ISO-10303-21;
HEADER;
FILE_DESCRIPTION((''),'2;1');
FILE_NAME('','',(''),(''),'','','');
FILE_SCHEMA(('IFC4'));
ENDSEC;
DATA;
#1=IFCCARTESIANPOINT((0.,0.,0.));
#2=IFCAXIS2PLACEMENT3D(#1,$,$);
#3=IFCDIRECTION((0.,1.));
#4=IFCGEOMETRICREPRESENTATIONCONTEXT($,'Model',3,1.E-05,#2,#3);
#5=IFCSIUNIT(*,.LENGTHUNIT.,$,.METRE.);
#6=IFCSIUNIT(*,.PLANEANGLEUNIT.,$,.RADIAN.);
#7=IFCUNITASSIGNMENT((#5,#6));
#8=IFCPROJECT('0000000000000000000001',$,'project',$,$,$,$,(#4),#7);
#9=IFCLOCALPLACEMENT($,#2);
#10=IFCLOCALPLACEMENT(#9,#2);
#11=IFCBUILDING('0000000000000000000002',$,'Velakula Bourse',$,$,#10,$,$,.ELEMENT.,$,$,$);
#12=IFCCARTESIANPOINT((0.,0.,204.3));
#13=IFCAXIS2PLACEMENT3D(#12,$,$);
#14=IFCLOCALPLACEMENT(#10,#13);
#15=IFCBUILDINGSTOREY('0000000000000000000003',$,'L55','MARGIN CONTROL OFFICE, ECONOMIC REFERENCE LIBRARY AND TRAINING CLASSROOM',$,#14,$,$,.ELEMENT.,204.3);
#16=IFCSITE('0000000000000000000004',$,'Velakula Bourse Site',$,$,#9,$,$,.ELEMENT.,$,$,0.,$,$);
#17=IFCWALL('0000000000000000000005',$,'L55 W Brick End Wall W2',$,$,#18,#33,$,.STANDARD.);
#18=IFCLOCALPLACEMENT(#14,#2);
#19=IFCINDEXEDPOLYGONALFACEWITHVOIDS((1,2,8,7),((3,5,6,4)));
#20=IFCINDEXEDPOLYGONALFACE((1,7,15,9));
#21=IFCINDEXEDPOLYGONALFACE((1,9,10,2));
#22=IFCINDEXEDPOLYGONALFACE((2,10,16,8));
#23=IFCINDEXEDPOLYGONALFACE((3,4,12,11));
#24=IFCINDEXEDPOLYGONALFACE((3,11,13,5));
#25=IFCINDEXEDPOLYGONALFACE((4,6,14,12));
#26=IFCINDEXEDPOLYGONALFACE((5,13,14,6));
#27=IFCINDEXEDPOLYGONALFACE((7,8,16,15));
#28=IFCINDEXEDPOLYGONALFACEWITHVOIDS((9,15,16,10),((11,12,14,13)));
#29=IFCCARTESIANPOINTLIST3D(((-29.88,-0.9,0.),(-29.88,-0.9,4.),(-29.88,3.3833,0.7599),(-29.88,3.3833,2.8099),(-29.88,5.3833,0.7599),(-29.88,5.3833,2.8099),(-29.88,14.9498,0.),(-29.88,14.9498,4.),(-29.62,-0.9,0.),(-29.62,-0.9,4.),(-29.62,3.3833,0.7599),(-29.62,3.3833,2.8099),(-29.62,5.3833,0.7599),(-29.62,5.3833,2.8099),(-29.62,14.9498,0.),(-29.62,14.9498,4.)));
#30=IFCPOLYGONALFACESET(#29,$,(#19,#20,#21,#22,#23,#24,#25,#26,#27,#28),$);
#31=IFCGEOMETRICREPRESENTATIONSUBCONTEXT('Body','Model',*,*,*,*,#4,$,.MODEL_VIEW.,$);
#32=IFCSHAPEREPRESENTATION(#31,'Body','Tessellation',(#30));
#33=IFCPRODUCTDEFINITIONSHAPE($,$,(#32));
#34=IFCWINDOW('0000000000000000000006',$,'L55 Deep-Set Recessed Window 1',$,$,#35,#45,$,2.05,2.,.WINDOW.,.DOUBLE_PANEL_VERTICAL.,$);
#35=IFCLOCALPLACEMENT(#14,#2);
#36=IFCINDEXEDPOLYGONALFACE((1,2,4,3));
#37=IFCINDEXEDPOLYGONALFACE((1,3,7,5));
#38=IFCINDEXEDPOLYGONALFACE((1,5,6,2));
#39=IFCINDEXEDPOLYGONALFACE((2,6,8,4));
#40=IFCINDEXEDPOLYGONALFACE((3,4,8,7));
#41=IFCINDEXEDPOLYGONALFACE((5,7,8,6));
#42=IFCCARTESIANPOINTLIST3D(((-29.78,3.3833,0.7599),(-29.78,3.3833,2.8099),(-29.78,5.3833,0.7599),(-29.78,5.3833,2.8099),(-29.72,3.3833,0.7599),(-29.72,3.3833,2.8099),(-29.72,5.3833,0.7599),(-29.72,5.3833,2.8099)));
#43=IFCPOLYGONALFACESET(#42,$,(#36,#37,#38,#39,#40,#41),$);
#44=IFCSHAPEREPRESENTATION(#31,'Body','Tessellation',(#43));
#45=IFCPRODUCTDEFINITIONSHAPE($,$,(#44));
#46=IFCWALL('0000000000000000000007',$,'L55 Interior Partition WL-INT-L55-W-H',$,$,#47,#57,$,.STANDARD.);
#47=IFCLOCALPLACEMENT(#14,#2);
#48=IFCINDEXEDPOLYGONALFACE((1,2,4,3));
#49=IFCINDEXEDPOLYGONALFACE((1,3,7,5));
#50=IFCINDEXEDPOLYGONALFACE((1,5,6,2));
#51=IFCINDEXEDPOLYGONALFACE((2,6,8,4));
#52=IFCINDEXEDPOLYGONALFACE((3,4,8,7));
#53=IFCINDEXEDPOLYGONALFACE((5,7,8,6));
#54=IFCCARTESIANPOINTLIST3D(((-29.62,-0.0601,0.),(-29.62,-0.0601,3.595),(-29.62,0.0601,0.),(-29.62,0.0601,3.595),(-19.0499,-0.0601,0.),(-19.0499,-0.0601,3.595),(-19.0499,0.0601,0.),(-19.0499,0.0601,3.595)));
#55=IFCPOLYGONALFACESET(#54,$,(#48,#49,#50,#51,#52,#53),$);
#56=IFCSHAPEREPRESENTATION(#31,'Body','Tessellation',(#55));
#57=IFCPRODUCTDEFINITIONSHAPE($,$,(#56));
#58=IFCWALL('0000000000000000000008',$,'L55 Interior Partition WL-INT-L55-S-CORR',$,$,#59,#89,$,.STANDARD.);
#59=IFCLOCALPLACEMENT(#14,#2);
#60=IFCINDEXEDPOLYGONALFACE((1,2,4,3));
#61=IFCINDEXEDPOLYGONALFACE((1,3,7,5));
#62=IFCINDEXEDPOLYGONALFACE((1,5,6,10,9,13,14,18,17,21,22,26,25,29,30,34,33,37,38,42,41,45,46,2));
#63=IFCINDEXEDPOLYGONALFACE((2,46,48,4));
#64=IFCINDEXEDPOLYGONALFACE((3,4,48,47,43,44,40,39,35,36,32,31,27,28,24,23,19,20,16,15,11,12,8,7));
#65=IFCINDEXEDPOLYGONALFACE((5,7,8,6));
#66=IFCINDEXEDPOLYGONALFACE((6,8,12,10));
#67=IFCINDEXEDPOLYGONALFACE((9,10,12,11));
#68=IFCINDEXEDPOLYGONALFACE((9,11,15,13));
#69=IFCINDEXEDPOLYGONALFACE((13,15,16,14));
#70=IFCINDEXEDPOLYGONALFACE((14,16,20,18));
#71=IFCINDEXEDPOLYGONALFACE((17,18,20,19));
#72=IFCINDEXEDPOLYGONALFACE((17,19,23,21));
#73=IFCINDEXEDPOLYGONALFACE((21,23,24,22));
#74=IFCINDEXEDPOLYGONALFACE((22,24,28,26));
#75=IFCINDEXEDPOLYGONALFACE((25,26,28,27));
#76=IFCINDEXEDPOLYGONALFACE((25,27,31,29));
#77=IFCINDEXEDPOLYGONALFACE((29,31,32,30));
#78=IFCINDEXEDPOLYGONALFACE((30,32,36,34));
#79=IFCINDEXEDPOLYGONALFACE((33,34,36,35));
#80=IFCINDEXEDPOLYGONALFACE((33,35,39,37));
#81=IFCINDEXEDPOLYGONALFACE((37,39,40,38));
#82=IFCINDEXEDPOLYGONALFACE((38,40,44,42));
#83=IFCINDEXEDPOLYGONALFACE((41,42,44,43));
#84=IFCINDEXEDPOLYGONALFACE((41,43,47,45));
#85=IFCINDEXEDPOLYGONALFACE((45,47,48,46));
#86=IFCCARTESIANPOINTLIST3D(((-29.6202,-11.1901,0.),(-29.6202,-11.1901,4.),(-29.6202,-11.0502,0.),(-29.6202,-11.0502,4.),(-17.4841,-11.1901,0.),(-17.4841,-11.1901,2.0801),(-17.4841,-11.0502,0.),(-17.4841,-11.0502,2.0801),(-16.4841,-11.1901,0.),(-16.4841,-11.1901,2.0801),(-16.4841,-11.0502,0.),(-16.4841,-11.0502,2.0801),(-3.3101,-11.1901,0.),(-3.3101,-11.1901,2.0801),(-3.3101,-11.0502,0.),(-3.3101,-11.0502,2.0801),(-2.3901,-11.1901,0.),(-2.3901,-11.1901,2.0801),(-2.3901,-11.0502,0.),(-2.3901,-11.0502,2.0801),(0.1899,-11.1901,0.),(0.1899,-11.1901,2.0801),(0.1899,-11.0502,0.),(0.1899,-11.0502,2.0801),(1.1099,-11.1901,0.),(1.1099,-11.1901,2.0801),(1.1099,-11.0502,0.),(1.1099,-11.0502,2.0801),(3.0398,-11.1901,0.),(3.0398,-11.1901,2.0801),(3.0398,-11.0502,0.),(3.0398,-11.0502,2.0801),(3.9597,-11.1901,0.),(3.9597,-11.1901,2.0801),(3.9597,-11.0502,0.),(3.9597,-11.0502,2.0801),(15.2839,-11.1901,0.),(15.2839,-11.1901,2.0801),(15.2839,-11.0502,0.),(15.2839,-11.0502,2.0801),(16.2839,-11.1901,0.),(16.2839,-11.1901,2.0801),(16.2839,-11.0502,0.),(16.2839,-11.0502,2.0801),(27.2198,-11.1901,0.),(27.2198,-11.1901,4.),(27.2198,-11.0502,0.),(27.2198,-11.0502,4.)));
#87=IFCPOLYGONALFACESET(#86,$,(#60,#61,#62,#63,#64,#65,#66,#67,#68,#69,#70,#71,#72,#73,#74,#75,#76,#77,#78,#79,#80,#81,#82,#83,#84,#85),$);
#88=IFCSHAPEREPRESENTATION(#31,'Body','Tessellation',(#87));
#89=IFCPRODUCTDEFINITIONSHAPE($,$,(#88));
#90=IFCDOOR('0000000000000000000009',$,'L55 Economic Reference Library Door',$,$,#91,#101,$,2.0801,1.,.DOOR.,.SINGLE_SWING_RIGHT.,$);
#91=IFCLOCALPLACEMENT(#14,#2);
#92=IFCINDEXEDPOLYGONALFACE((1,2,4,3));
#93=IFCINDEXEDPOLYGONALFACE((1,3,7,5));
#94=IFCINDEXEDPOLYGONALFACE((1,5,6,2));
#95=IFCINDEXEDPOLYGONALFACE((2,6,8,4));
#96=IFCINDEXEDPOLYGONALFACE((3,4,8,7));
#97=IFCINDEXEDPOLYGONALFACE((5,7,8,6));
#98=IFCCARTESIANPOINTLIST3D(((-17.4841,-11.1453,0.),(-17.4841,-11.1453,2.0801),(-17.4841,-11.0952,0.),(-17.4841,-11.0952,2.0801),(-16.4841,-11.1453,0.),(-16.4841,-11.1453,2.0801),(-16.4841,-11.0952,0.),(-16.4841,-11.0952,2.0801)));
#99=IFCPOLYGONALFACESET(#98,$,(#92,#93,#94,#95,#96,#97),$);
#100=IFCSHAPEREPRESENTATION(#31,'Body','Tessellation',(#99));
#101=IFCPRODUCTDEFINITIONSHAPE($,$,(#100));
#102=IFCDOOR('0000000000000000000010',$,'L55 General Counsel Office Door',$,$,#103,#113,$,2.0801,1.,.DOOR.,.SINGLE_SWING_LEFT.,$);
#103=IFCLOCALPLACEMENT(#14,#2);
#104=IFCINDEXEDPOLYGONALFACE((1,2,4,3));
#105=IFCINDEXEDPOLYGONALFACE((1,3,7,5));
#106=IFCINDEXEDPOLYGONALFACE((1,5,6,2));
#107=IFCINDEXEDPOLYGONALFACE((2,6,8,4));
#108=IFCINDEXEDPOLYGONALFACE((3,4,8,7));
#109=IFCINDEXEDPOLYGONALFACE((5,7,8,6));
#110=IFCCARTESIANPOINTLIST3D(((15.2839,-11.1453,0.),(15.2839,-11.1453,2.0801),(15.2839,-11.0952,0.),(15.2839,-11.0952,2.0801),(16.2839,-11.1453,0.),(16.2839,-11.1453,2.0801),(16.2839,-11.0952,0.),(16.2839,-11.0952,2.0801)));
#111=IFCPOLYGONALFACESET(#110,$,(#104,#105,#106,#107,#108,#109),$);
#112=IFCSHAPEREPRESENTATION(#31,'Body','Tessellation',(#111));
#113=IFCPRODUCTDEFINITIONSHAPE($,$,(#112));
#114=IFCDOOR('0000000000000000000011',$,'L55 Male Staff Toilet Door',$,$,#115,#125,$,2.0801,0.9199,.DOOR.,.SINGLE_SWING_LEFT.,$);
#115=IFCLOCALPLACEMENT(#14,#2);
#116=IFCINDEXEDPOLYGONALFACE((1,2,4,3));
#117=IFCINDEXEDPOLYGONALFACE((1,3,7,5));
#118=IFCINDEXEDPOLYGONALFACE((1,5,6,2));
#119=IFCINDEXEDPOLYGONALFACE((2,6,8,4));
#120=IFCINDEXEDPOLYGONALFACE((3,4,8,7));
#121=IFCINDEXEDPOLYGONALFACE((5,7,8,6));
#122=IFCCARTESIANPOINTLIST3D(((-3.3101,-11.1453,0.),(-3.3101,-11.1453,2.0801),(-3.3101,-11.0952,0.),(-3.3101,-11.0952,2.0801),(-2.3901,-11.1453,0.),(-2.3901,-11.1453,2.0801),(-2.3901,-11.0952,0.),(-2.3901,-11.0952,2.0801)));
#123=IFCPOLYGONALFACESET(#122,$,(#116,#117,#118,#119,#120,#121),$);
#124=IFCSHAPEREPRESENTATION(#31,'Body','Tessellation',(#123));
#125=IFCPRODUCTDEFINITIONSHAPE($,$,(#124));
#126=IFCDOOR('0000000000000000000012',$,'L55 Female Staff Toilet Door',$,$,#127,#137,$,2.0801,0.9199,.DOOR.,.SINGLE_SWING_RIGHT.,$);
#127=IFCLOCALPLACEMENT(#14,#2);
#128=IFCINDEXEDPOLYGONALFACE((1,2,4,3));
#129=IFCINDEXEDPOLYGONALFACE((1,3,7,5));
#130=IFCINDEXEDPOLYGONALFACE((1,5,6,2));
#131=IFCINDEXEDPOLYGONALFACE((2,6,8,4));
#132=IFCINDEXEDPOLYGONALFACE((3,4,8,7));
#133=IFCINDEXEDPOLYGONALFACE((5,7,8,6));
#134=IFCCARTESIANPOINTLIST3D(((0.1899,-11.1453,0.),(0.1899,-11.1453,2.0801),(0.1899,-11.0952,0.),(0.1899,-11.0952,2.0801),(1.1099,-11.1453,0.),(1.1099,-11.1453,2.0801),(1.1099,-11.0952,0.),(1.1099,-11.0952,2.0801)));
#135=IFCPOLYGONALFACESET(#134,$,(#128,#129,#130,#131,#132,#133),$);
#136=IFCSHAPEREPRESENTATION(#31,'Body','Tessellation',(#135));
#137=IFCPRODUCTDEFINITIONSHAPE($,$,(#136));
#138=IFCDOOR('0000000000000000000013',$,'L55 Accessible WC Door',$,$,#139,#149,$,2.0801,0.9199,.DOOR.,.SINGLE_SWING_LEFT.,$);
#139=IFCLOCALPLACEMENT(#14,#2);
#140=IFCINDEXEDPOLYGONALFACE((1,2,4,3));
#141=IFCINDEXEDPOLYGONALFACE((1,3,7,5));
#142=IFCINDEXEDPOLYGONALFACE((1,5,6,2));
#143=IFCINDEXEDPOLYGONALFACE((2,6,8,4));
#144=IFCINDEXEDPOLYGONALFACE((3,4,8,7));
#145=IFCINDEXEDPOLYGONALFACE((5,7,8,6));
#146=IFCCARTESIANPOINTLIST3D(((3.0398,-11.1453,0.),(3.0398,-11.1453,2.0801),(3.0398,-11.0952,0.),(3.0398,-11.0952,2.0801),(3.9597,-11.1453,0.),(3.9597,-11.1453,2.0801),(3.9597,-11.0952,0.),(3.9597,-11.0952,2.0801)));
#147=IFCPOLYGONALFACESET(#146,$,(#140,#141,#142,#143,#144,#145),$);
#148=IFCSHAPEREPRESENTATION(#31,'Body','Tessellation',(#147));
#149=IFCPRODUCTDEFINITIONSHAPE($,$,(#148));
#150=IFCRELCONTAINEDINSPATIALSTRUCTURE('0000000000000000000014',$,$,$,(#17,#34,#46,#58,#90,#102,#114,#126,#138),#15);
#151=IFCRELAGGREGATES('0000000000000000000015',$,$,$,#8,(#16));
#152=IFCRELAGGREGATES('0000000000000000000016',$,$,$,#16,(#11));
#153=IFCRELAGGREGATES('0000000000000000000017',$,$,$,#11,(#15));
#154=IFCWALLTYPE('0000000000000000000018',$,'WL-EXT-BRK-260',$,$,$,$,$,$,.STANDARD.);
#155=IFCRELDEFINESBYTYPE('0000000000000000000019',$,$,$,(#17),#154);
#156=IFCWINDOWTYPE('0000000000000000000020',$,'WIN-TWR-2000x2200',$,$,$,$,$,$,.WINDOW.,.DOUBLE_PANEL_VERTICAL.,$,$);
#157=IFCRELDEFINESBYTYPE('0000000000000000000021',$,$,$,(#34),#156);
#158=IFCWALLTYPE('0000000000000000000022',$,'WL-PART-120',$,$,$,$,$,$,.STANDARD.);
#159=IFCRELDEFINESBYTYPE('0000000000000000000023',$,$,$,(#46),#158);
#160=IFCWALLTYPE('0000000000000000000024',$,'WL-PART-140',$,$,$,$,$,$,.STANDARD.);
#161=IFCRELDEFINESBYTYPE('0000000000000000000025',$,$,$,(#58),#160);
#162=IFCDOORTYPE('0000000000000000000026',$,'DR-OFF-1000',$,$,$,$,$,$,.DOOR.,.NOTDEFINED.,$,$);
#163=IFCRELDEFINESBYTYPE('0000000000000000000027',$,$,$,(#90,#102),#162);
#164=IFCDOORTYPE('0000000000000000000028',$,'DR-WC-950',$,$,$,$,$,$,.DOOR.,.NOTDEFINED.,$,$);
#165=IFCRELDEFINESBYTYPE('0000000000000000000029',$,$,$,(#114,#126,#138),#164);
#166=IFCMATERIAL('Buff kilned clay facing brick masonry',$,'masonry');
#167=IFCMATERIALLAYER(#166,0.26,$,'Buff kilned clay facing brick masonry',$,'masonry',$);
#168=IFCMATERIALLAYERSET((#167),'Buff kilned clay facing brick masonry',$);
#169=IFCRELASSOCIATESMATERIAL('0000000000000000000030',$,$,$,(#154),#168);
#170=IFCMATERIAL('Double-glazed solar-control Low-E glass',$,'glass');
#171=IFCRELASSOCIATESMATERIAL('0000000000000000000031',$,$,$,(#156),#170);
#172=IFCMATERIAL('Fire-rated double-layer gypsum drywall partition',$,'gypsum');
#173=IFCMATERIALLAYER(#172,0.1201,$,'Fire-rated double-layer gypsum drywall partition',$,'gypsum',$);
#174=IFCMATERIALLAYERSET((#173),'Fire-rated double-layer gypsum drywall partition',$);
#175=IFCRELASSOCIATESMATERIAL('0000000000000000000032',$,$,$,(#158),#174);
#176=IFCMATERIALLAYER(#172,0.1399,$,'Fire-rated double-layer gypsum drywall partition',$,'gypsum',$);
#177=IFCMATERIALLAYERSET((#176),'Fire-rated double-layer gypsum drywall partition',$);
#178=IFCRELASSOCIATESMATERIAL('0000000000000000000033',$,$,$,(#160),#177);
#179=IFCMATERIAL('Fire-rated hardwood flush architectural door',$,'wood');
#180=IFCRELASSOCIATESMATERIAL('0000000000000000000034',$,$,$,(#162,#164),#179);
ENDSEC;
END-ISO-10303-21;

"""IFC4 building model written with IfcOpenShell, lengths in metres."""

from ifc_helpers import new_model, si_unit, direction, frame, frame_2d, origin, place, context, subcontext, project, spatial, rectangle, extrude, material, layer, layer_set, type_object, element, fill, save


model = new_model("IFC4")

# Units and contexts
model_context = context("Model", 3, precision=1e-05, world=origin(), true_north=direction((0.0, 1.0)))
body_context = subcontext(model_context, "Body", "Model", "MODEL_VIEW")
ifc_project = project(units=[si_unit("LENGTHUNIT", "METRE"), si_unit("PLANEANGLEUNIT", "RADIAN")], contexts=[model_context])

# Site, building, storey
site_placement = place(None, origin())
site = spatial("IfcSite", under=ifc_project, at=site_placement, Name="Velakula Bourse Site", CompositionType="ELEMENT", RefElevation=0.0)
building_placement = place(site_placement, origin())
building = spatial("IfcBuilding", under=site, at=building_placement, Name="Velakula Bourse", CompositionType="ELEMENT")
storey_placement = place(building_placement, frame((0.0, 0.0, 204.3)))
storey = spatial("IfcBuildingStorey", under=building, at=storey_placement, Name="L55", Description="MARGIN CONTROL OFFICE, ECONOMIC REFERENCE LIBRARY AND TRAINING CLASSROOM", CompositionType="ELEMENT", Elevation=204.3)

# Wall, opening, window
ifc_material_1 = material(Name="Buff kilned clay facing brick masonry", Category="masonry")
ifc_layer_1 = layer(ifc_material_1, 0.26, Name="Buff kilned clay facing brick masonry", Category="masonry")
ifc_layer_set_1 = layer_set([ifc_layer_1], Name="Buff kilned clay facing brick masonry")
wall_type_1 = type_object("IfcWallType", Name="WL-EXT-BRK-260", PredefinedType="STANDARD", material=ifc_layer_set_1)
wall_1_placement = place(storey_placement, frame((-29.75, -0.8999, 0.0), z_axis=(0.0, 0.0, 1.0), x_axis=(0.0, 1.0, 0.0)))
wall_1 = element("IfcWall", 1, at=wall_1_placement, inside=storey, type_object=wall_type_1, Name="L55 W Brick End Wall W2", PredefinedType="STANDARD", context=body_context, shape_type="SweptSolid", body=[
    extrude(rectangle(XDim=15.8499, YDim=0.26, at=frame_2d((7.9248, 0.0))), origin(), (0.0, 0.0, 1.0), 4.0),
])
opening_1_placement = place(wall_1_placement, frame((4.2832, 0.0, 0.76)))
opening_1 = element("IfcOpeningElement", 2, at=opening_1_placement, cuts=wall_1, PredefinedType="OPENING", context=body_context, shape_type="SweptSolid", body=[
    extrude(rectangle(XDim=2.0, YDim=2.05, at=frame_2d((1.0, 1.0249))), frame((0.0, 0.1399, 0.0), z_axis=(0.0, -1.0, 0.0), x_axis=(1.0, 0.0, 0.0)), (0.0, 0.0, 1.0), 0.28),
])
ifc_material_2 = material(Name="Double-glazed solar-control Low-E glass", Category="glass")
window_type = type_object("IfcWindowType", Name="WIN-TWR-2000x2200", PartitioningType="DOUBLE_PANEL_VERTICAL", PredefinedType="WINDOW", material=ifc_material_2)
window_placement = place(opening_1_placement, origin())
window = element("IfcWindow", 3, at=window_placement, inside=storey, type_object=window_type, Name="L55 Deep-Set Recessed Window 1", OverallHeight=2.05, OverallWidth=2.0, PartitioningType="DOUBLE_PANEL_VERTICAL", PredefinedType="WINDOW", context=body_context, shape_type="SweptSolid", body=[
    extrude(rectangle(XDim=2.0, YDim=2.05, at=frame_2d((1.0, 1.0249))), frame((0.0, 0.03, 0.0), z_axis=(0.0, -1.0, 0.0), x_axis=(1.0, 0.0, 0.0)), (0.0, 0.0, 1.0), 0.0601),
])
fill(opening_1, window)

# Wall
ifc_material_3 = material(Name="Fire-rated double-layer gypsum drywall partition", Category="gypsum")
ifc_layer_2 = layer(ifc_material_3, 0.1201, Name="Fire-rated double-layer gypsum drywall partition", Category="gypsum")
ifc_layer_set_2 = layer_set([ifc_layer_2], Name="Fire-rated double-layer gypsum drywall partition")
wall_type_2 = type_object("IfcWallType", Name="WL-PART-120", PredefinedType="STANDARD", material=ifc_layer_set_2)
wall_2_placement = place(storey_placement, frame((-29.6201, 0.0, 0.0), z_axis=(0.0, 0.0, 1.0), x_axis=(1.0, 0.0, 0.0)))
element("IfcWall", 4, at=wall_2_placement, inside=storey, type_object=wall_type_2, Name="L55 Interior Partition WL-INT-L55-W-H", PredefinedType="STANDARD", context=body_context, shape_type="SweptSolid", body=[
    extrude(rectangle(XDim=10.5701, YDim=0.1201, at=frame_2d((5.2852, 0.0))), origin(), (0.0, 0.0, 1.0), 3.595),
])

# Wall, openings, doors
ifc_layer_3 = layer(ifc_material_3, 0.1399, Name="Fire-rated double-layer gypsum drywall partition", Category="gypsum")
ifc_layer_set_3 = layer_set([ifc_layer_3], Name="Fire-rated double-layer gypsum drywall partition")
wall_type_3 = type_object("IfcWallType", Name="WL-PART-140", PredefinedType="STANDARD", material=ifc_layer_set_3)
wall_3_placement = place(storey_placement, frame((-29.6201, -11.1201, 0.0), z_axis=(0.0, 0.0, 1.0), x_axis=(1.0, 0.0, 0.0)))
wall_3 = element("IfcWall", 5, at=wall_3_placement, inside=storey, type_object=wall_type_3, Name="L55 Interior Partition WL-INT-L55-S-CORR", PredefinedType="STANDARD", context=body_context, shape_type="SweptSolid", body=[
    extrude(rectangle(XDim=56.8401, YDim=0.1399, at=frame_2d((28.4199, 0.0))), origin(), (0.0, 0.0, 1.0), 4.0),
])
opening_2_placement = place(wall_3_placement, frame((26.3101, 0.0, 0.0)))
opening_2 = element("IfcOpeningElement", 6, at=opening_2_placement, cuts=wall_3, PredefinedType="OPENING", context=body_context, shape_type="SweptSolid", body=[
    extrude(rectangle(XDim=0.9199, YDim=2.0801, at=frame_2d((0.46, 1.04))), frame((0.0, 0.0798, 0.0), z_axis=(0.0, -1.0, 0.0), x_axis=(1.0, 0.0, 0.0)), (0.0, 0.0, 1.0), 0.1599),
])
opening_3_placement = place(wall_3_placement, frame((29.8101, 0.0, 0.0)))
opening_3 = element("IfcOpeningElement", 7, at=opening_3_placement, cuts=wall_3, PredefinedType="OPENING", context=body_context, shape_type="SweptSolid", body=[
    extrude(rectangle(XDim=0.9199, YDim=2.0801, at=frame_2d((0.46, 1.04))), frame((0.0, 0.0798, 0.0), z_axis=(0.0, -1.0, 0.0), x_axis=(1.0, 0.0, 0.0)), (0.0, 0.0, 1.0), 0.1599),
])
opening_4_placement = place(wall_3_placement, frame((32.6599, 0.0, 0.0)))
opening_4 = element("IfcOpeningElement", 8, at=opening_4_placement, cuts=wall_3, PredefinedType="OPENING", context=body_context, shape_type="SweptSolid", body=[
    extrude(rectangle(XDim=0.9199, YDim=2.0801, at=frame_2d((0.46, 1.04))), frame((0.0, 0.0798, 0.0), z_axis=(0.0, -1.0, 0.0), x_axis=(1.0, 0.0, 0.0)), (0.0, 0.0, 1.0), 0.1599),
])
opening_5_placement = place(wall_3_placement, frame((12.136, 0.0, 0.0)))
opening_5 = element("IfcOpeningElement", 9, at=opening_5_placement, cuts=wall_3, PredefinedType="OPENING", context=body_context, shape_type="SweptSolid", body=[
    extrude(rectangle(XDim=1.0, YDim=2.0801, at=frame_2d((0.5, 1.04))), frame((0.0, 0.0798, 0.0), z_axis=(0.0, -1.0, 0.0), x_axis=(1.0, 0.0, 0.0)), (0.0, 0.0, 1.0), 0.1599),
])
opening_6_placement = place(wall_3_placement, frame((44.9041, 0.0, 0.0)))
opening_6 = element("IfcOpeningElement", 10, at=opening_6_placement, cuts=wall_3, PredefinedType="OPENING", context=body_context, shape_type="SweptSolid", body=[
    extrude(rectangle(XDim=1.0, YDim=2.0801, at=frame_2d((0.5, 1.04))), frame((0.0, 0.0798, 0.0), z_axis=(0.0, -1.0, 0.0), x_axis=(1.0, 0.0, 0.0)), (0.0, 0.0, 1.0), 0.1599),
])
ifc_material_4 = material(Name="Fire-rated hardwood flush architectural door", Category="wood")
door_type_1 = type_object("IfcDoorType", Name="DR-OFF-1000", OperationType="NOTDEFINED", PredefinedType="DOOR", material=ifc_material_4)
door_1_placement = place(opening_5_placement, origin())
door_1 = element("IfcDoor", 11, at=door_1_placement, inside=storey, type_object=door_type_1, Name="L55 Economic Reference Library Door", OperationType="SINGLE_SWING_RIGHT", OverallHeight=2.0801, OverallWidth=1.0, PredefinedType="DOOR", context=body_context, shape_type="SweptSolid", body=[
    extrude(rectangle(XDim=1.0, YDim=2.0801, at=frame_2d((0.5, 1.04))), frame((0.0, 0.0249, 0.0), z_axis=(0.0, -1.0, 0.0), x_axis=(1.0, 0.0, 0.0)), (0.0, 0.0, 1.0), 0.05),
])
fill(opening_5, door_1)
door_2_placement = place(opening_6_placement, origin())
door_2 = element("IfcDoor", 12, at=door_2_placement, inside=storey, type_object=door_type_1, Name="L55 General Counsel Office Door", OperationType="SINGLE_SWING_LEFT", OverallHeight=2.0801, OverallWidth=1.0, PredefinedType="DOOR", context=body_context, shape_type="SweptSolid", body=[
    extrude(rectangle(XDim=1.0, YDim=2.0801, at=frame_2d((0.5, 1.04))), frame((0.0, 0.0249, 0.0), z_axis=(0.0, -1.0, 0.0), x_axis=(1.0, 0.0, 0.0)), (0.0, 0.0, 1.0), 0.05),
])
fill(opening_6, door_2)
door_type_2 = type_object("IfcDoorType", Name="DR-WC-950", OperationType="NOTDEFINED", PredefinedType="DOOR", material=ifc_material_4)
door_3_placement = place(opening_2_placement, origin())
door_3 = element("IfcDoor", 13, at=door_3_placement, inside=storey, type_object=door_type_2, Name="L55 Male Staff Toilet Door", OperationType="SINGLE_SWING_LEFT", OverallHeight=2.0801, OverallWidth=0.9199, PredefinedType="DOOR", context=body_context, shape_type="SweptSolid", body=[
    extrude(rectangle(XDim=0.9199, YDim=2.0801, at=frame_2d((0.46, 1.04))), frame((0.0, 0.0249, 0.0), z_axis=(0.0, -1.0, 0.0), x_axis=(1.0, 0.0, 0.0)), (0.0, 0.0, 1.0), 0.05),
])
fill(opening_2, door_3)
door_4_placement = place(opening_3_placement, origin())
door_4 = element("IfcDoor", 14, at=door_4_placement, inside=storey, type_object=door_type_2, Name="L55 Female Staff Toilet Door", OperationType="SINGLE_SWING_RIGHT", OverallHeight=2.0801, OverallWidth=0.9199, PredefinedType="DOOR", context=body_context, shape_type="SweptSolid", body=[
    extrude(rectangle(XDim=0.9199, YDim=2.0801, at=frame_2d((0.46, 1.04))), frame((0.0, 0.0249, 0.0), z_axis=(0.0, -1.0, 0.0), x_axis=(1.0, 0.0, 0.0)), (0.0, 0.0, 1.0), 0.05),
])
fill(opening_3, door_4)
door_5_placement = place(opening_4_placement, origin())
door_5 = element("IfcDoor", 15, at=door_5_placement, inside=storey, type_object=door_type_2, Name="L55 Accessible WC Door", OperationType="SINGLE_SWING_LEFT", OverallHeight=2.0801, OverallWidth=0.9199, PredefinedType="DOOR", context=body_context, shape_type="SweptSolid", body=[
    extrude(rectangle(XDim=0.9199, YDim=2.0801, at=frame_2d((0.46, 1.04))), frame((0.0, 0.0249, 0.0), z_axis=(0.0, -1.0, 0.0), x_axis=(1.0, 0.0, 0.0)), (0.0, 0.0, 1.0), 0.05),
])
fill(opening_4, door_5)

save(model, "model.ifc")
